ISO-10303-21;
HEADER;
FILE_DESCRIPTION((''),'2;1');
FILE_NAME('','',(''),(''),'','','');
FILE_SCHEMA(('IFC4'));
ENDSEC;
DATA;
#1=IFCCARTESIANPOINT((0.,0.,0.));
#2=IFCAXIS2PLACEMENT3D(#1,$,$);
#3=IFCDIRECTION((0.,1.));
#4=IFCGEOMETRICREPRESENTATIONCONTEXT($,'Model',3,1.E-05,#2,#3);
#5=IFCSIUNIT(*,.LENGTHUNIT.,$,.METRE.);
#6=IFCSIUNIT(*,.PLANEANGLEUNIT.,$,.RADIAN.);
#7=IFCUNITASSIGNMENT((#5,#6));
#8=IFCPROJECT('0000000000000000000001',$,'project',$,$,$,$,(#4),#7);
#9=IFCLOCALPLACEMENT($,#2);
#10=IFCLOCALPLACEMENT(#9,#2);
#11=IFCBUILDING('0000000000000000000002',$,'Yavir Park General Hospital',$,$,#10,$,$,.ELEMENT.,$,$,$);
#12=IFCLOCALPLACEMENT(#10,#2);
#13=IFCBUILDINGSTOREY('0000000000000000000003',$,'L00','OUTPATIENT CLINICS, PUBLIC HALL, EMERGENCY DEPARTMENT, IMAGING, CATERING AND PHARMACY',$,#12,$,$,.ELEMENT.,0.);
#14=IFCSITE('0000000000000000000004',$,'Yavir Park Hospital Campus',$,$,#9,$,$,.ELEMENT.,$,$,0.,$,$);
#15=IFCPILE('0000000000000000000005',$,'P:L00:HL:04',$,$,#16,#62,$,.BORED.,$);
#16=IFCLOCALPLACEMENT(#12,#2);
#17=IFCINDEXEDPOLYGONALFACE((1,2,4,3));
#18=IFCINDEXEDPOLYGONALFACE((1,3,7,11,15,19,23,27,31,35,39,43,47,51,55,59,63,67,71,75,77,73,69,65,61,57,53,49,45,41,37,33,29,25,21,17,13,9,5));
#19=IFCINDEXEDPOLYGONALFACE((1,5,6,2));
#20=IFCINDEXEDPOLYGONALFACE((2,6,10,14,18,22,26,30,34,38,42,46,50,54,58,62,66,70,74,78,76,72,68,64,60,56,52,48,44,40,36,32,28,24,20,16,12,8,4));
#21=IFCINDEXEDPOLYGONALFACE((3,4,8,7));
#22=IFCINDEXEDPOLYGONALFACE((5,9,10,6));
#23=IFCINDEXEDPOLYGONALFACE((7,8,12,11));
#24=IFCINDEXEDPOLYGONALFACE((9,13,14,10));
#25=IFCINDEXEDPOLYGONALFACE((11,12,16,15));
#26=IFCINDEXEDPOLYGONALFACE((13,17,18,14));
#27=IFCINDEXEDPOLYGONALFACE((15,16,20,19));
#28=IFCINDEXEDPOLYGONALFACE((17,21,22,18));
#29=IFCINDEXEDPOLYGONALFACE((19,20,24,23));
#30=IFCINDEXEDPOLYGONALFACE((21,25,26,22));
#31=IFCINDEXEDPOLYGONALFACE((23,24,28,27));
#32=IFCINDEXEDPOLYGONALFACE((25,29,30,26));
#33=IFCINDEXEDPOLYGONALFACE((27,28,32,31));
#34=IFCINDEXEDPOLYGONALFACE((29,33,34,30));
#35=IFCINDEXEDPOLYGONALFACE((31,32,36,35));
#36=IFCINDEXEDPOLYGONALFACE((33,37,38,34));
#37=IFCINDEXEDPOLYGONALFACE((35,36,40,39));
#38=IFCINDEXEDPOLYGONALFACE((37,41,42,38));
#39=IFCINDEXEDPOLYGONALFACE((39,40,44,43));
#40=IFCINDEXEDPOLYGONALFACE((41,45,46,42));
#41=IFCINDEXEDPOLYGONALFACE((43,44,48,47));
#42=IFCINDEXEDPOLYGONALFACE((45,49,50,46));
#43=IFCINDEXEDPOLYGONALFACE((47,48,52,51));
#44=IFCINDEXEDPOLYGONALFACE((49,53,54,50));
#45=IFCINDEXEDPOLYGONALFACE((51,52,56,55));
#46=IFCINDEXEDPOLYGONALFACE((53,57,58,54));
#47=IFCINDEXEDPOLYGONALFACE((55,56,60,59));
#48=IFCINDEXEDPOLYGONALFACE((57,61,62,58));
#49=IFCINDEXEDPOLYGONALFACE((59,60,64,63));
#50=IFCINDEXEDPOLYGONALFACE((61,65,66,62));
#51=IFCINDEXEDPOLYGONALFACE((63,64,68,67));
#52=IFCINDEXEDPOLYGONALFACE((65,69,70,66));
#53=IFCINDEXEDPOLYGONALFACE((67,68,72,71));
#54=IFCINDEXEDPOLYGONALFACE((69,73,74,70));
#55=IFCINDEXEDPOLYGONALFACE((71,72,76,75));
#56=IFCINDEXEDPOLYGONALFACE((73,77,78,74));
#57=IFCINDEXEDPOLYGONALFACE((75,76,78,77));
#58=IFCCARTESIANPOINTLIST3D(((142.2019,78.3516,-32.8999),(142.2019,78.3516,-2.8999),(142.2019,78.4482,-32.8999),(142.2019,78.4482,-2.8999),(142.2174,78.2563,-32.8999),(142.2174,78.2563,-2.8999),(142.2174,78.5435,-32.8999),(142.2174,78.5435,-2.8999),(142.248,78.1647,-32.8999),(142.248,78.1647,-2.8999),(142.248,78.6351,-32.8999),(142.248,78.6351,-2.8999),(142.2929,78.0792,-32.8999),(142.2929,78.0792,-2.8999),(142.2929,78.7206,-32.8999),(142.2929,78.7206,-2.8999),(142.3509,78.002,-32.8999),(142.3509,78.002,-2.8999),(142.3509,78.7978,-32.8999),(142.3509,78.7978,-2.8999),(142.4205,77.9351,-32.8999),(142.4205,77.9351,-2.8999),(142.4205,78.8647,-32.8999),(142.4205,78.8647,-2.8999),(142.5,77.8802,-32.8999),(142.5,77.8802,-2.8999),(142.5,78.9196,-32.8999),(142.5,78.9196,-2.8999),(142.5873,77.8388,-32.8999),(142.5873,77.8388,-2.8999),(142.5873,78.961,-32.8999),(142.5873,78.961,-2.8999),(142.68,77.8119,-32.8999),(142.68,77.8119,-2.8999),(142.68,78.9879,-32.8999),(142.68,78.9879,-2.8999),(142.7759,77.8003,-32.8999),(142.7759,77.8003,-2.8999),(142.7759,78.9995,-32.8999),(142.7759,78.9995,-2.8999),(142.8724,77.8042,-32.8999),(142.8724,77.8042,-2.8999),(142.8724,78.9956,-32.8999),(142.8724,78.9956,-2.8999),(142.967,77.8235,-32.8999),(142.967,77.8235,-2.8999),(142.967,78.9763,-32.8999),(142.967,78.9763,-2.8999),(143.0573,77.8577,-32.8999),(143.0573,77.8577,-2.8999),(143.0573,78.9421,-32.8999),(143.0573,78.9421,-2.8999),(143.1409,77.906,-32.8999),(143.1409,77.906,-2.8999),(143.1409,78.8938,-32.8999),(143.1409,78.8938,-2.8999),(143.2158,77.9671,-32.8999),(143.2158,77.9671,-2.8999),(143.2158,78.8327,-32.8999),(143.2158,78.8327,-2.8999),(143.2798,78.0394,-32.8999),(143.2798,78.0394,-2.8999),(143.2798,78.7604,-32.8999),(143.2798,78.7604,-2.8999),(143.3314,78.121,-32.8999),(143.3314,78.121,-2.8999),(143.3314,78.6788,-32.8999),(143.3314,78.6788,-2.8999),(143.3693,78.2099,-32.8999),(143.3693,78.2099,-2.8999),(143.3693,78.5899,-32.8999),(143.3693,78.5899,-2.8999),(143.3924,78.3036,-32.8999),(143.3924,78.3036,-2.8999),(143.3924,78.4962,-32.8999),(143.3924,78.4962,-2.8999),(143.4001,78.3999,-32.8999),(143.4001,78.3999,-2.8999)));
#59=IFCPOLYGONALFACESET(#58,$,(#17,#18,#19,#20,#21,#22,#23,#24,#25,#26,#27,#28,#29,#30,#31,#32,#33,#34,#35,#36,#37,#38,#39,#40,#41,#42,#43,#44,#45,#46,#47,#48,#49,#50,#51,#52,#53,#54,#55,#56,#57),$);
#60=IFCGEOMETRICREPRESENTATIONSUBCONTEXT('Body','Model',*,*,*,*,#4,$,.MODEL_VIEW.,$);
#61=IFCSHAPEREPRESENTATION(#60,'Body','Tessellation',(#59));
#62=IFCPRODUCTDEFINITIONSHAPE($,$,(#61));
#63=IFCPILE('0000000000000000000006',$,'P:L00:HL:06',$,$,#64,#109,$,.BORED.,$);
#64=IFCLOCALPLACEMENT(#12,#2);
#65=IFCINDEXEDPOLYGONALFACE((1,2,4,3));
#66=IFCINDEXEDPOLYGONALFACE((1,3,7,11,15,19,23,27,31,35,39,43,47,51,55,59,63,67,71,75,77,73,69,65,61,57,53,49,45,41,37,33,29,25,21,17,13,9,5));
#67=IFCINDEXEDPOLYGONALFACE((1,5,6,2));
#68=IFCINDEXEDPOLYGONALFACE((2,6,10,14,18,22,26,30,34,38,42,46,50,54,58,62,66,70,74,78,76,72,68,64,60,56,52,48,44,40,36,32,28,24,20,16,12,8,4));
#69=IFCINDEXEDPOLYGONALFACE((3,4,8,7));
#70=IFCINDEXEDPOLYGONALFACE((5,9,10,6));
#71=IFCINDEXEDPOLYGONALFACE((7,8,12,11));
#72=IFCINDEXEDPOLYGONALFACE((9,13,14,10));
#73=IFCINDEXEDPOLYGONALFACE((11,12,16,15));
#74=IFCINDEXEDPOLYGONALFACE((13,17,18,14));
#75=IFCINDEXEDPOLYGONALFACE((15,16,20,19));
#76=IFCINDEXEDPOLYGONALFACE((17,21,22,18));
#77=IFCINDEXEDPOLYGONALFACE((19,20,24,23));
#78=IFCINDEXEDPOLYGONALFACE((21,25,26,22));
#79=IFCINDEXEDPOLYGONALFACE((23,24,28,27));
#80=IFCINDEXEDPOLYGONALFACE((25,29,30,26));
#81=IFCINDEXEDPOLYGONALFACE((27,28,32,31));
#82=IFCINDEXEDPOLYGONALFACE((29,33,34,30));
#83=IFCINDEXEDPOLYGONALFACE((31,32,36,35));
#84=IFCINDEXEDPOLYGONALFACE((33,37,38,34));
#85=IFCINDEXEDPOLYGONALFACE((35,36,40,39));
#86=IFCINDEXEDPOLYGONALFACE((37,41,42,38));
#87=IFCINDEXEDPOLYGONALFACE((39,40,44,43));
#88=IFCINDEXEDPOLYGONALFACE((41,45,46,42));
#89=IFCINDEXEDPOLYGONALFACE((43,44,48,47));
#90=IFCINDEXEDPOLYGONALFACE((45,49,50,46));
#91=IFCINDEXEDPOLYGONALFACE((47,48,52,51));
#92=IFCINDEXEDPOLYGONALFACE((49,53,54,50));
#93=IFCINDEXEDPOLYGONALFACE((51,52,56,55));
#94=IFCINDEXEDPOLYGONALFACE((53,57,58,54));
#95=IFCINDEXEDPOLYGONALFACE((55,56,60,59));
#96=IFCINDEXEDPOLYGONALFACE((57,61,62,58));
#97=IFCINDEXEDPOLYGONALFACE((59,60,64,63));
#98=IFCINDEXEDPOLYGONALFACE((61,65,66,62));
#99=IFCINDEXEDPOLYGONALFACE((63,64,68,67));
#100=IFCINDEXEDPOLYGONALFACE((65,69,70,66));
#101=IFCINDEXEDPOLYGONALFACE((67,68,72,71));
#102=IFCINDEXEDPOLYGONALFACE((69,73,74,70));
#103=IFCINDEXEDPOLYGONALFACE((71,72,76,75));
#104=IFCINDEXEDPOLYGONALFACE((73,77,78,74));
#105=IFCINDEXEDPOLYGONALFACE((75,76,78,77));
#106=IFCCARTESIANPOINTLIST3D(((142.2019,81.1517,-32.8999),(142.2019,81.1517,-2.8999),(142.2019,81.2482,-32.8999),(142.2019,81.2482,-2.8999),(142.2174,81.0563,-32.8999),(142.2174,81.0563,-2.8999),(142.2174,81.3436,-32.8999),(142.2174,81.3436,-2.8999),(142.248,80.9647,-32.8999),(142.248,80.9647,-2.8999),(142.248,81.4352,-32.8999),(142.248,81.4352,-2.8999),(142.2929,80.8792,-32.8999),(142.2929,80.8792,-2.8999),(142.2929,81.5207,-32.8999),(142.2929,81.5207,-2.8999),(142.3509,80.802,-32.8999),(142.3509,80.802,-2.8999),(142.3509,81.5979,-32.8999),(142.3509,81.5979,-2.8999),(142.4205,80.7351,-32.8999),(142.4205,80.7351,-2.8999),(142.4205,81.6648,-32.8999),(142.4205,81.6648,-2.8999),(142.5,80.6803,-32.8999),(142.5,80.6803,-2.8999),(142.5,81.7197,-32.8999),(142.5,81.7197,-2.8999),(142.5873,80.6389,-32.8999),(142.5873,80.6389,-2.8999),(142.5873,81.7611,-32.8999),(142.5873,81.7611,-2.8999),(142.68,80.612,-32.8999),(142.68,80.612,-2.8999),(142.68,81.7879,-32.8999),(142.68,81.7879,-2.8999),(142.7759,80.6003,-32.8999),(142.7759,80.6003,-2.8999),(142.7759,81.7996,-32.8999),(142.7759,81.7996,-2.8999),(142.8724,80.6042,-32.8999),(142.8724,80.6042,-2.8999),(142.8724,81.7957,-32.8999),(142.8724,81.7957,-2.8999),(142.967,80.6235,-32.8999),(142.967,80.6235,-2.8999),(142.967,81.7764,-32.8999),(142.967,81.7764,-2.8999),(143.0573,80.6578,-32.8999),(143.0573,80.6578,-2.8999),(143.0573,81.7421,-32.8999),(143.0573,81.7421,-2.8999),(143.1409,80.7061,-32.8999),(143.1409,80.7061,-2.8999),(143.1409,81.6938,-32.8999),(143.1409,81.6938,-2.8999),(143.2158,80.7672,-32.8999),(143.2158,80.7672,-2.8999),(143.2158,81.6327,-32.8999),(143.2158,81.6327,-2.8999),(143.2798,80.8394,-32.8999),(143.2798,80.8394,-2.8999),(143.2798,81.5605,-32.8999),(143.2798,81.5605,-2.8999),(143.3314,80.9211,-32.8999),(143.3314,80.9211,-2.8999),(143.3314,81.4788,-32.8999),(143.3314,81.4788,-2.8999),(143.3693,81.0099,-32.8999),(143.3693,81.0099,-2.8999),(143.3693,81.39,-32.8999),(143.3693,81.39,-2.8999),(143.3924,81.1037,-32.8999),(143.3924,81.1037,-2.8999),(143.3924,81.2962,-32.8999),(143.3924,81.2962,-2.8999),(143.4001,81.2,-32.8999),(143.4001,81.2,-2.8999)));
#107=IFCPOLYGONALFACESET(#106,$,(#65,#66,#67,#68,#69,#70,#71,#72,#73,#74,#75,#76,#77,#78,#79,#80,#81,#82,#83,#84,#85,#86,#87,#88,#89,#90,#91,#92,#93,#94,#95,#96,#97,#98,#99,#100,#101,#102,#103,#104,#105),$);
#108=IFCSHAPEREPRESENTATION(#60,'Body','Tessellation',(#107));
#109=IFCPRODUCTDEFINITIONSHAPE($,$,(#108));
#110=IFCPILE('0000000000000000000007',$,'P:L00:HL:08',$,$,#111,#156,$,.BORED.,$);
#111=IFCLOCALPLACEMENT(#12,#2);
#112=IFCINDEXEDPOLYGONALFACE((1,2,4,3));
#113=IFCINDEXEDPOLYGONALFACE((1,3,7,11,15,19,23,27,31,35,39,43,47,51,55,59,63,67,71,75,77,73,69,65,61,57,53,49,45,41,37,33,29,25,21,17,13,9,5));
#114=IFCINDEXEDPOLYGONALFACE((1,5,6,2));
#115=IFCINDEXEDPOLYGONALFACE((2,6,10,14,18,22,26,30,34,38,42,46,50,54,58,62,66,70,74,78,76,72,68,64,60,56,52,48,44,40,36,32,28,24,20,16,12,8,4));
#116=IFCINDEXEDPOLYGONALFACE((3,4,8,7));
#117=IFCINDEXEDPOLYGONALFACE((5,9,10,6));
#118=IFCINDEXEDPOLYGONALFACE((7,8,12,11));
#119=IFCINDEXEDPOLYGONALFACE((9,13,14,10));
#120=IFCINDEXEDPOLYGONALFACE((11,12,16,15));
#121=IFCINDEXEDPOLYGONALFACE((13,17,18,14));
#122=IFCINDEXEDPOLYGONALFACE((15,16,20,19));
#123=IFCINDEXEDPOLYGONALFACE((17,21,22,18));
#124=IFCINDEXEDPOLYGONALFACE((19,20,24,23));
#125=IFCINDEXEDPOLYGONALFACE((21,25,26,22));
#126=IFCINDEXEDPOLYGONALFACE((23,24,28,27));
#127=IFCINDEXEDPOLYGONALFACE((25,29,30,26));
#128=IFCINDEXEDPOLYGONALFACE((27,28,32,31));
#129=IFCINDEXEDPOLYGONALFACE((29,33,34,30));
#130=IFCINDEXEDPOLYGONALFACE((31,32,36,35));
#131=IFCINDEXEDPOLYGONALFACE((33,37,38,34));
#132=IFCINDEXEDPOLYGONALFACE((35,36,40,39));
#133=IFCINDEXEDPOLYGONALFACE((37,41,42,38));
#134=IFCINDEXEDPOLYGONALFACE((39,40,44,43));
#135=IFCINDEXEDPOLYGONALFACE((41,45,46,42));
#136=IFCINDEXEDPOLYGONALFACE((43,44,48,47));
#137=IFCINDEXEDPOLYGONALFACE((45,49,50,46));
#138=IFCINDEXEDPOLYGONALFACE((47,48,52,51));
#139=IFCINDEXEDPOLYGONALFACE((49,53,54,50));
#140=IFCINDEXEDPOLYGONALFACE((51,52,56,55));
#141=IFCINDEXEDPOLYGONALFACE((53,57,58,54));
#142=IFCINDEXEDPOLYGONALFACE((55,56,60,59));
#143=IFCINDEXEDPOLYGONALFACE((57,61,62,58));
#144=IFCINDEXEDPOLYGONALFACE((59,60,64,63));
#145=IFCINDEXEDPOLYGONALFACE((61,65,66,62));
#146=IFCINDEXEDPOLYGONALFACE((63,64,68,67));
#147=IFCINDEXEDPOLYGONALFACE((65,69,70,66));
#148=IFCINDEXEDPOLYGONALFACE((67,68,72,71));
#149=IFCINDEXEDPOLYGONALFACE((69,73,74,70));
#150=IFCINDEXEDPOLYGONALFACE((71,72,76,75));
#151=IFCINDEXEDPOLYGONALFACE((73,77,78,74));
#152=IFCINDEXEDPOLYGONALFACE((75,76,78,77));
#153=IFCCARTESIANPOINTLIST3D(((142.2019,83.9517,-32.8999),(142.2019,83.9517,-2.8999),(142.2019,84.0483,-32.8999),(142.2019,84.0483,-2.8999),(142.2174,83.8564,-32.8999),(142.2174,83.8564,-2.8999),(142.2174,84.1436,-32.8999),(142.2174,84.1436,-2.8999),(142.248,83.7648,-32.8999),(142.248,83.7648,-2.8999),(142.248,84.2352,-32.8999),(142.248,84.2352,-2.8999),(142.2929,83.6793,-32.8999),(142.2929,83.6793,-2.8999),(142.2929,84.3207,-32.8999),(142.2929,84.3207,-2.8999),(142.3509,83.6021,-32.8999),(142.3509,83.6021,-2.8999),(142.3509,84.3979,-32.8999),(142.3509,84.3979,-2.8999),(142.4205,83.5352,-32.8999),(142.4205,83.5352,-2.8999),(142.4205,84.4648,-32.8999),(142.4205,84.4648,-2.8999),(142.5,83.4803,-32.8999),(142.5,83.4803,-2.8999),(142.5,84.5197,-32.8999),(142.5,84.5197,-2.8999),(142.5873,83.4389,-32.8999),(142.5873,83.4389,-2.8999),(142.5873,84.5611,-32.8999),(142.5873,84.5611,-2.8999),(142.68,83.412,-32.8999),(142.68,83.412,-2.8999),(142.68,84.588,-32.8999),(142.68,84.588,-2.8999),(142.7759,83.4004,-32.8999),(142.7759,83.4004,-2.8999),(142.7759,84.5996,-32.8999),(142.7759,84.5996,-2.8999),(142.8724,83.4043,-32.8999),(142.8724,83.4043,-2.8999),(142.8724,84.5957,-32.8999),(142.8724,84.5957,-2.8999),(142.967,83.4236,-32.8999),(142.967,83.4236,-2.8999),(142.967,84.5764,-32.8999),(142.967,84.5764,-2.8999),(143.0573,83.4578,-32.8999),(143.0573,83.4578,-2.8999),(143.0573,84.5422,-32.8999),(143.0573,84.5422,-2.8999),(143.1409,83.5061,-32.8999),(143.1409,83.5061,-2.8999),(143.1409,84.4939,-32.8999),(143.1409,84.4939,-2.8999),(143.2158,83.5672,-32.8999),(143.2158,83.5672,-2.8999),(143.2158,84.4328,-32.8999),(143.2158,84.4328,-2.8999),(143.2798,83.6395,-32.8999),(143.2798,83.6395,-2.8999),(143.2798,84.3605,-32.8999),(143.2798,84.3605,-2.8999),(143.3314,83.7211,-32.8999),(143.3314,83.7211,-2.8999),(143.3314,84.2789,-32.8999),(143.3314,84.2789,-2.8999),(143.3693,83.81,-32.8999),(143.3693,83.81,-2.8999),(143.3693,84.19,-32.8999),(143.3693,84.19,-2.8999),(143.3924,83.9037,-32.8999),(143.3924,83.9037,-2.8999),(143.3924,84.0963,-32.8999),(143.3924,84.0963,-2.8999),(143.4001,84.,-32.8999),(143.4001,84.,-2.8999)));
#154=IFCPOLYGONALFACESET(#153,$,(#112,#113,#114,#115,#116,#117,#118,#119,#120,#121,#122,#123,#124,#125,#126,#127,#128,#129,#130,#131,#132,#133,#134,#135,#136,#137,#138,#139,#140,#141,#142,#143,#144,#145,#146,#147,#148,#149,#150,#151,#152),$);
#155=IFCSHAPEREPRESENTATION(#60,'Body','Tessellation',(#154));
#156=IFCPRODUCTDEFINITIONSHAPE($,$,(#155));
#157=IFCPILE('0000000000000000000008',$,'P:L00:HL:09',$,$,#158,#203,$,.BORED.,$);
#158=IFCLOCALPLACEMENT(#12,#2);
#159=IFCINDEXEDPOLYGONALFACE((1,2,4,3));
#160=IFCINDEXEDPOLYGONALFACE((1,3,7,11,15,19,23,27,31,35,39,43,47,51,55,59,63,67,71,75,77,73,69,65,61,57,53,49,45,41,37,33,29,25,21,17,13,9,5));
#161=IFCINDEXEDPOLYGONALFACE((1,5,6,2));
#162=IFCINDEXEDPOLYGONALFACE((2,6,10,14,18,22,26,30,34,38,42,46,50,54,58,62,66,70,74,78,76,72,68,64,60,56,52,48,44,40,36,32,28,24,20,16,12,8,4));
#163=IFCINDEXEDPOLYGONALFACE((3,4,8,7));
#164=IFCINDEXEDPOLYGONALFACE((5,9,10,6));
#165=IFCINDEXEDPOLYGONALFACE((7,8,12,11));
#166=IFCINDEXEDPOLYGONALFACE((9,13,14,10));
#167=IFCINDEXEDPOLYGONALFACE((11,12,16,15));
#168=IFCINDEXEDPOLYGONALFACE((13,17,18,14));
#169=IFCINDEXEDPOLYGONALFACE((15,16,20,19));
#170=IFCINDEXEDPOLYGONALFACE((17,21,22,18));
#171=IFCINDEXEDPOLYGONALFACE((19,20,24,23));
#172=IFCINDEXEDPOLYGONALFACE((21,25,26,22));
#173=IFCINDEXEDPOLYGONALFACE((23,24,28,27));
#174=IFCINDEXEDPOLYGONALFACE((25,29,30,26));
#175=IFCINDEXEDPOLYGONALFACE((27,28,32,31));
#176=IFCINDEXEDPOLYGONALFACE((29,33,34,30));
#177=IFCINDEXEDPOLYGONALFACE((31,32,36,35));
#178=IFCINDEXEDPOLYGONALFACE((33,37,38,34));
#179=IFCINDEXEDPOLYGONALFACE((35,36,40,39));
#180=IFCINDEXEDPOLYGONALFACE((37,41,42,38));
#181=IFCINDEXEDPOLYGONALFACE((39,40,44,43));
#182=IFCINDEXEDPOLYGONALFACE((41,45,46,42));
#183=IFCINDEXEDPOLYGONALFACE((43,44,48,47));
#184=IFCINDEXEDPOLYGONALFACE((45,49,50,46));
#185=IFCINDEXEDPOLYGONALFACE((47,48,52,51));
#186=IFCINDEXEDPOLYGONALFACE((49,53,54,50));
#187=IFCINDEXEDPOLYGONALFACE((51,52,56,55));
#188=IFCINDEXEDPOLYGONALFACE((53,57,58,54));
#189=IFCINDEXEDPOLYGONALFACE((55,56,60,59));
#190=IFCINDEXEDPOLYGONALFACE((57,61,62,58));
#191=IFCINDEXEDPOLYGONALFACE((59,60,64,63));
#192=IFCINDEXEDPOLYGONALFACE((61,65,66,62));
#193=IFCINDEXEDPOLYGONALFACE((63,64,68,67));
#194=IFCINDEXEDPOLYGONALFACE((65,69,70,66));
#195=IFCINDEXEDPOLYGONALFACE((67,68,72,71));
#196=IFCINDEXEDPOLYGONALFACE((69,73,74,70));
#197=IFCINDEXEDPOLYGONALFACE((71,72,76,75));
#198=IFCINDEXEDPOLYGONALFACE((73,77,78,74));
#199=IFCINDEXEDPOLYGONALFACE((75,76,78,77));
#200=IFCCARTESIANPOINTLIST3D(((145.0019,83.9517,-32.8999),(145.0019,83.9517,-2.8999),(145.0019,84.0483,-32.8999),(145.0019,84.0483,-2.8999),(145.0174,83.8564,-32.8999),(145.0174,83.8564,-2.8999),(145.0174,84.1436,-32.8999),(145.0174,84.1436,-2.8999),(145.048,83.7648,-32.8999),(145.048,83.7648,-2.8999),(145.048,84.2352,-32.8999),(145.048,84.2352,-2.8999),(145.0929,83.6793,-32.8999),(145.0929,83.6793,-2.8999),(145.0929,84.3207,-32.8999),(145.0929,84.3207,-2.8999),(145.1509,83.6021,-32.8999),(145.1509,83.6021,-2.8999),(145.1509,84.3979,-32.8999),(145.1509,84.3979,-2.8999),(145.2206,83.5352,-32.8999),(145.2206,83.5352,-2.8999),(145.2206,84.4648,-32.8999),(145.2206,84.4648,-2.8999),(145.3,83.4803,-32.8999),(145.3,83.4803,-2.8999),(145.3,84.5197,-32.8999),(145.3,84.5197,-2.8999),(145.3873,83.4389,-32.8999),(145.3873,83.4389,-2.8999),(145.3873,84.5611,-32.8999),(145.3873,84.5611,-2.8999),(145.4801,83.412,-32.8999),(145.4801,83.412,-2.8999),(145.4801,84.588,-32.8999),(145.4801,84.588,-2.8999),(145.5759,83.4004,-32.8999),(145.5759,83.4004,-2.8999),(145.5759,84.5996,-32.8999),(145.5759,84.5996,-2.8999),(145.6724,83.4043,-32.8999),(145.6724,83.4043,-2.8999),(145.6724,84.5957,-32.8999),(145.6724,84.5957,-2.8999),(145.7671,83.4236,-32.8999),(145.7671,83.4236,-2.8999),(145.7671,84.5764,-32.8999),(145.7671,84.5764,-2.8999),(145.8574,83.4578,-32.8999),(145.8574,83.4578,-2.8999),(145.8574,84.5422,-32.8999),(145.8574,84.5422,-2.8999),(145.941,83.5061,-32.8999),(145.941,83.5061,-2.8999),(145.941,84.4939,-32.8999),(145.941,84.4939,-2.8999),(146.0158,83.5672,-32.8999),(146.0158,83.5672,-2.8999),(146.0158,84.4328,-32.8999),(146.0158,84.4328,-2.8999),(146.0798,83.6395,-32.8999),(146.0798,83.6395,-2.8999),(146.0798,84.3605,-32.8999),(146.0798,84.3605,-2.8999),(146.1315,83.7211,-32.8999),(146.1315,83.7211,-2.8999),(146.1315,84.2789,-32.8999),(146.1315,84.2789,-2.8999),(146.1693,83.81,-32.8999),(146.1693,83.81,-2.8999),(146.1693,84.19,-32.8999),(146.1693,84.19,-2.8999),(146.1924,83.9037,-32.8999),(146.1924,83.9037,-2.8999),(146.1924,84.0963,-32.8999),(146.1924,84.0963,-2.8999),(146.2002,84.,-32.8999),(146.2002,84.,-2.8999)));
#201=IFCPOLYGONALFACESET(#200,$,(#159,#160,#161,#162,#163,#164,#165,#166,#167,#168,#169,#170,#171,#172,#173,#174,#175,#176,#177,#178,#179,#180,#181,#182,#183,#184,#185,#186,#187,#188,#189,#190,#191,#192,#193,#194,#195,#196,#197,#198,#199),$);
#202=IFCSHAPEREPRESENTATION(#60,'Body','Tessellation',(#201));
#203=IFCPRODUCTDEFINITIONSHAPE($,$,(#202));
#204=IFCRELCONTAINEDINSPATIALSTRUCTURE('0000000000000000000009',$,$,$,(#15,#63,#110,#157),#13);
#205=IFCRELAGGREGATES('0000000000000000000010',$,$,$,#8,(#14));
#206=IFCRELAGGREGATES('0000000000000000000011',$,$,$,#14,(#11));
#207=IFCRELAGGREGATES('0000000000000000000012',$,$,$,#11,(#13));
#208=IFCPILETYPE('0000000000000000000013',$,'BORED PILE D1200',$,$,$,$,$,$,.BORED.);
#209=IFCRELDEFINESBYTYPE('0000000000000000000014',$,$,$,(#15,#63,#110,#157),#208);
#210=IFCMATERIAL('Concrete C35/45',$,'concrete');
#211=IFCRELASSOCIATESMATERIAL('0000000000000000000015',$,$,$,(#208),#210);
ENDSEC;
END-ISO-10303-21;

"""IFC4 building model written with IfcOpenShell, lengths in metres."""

from ifc_helpers import new_model, si_unit, direction, frame, origin, origin_2d, place, context, subcontext, project, spatial, circle, extrude, material, material_profile, profile_set, type_object, element, save


model = new_model("IFC4")

# Units and contexts
model_context = context("Model", 3, precision=1e-05, world=origin(), true_north=direction((0.0, 1.0)))
body_context = subcontext(model_context, "Body", "Model", "MODEL_VIEW")
ifc_project = project(units=[si_unit("LENGTHUNIT", "METRE"), si_unit("PLANEANGLEUNIT", "RADIAN")], contexts=[model_context])

# Site, building, storey
site_placement = place(None, origin())
site = spatial("IfcSite", under=ifc_project, at=site_placement, Name="Yavir Park Hospital Campus", CompositionType="ELEMENT", RefElevation=0.0)
building_placement = place(site_placement, origin())
building = spatial("IfcBuilding", under=site, at=building_placement, Name="Yavir Park General Hospital", CompositionType="ELEMENT")
storey_placement = place(building_placement, origin())
storey = spatial("IfcBuildingStorey", under=building, at=storey_placement, Name="L00", Description="OUTPATIENT CLINICS, PUBLIC HALL, EMERGENCY DEPARTMENT, IMAGING, CATERING AND PHARMACY", CompositionType="ELEMENT", Elevation=0.0)

# Piles
ifc_material_1 = material(Name="Concrete C35/45", Category="concrete")
ifc_material_profile_1 = material_profile(ifc_material_1, circle(Radius=0.6001, at=origin_2d()), Name="D1200")
ifc_profile_set_1 = profile_set([ifc_material_profile_1], Name="Concrete C35/45")
pile_type_1 = type_object("IfcPileType", Name="BORED PILE D1200", PredefinedType="BORED", material=ifc_profile_set_1)
for number, where, z_axis, x_axis, name in (
    (1, (142.8, 78.3999, -2.8999), (0.0, 0.0, -1.0), (1.0, 0.0, 0.0), "P:L00:HL:04"),
    (2, (142.8, 81.2, -2.8999), (0.0, 0.0, -1.0), (1.0, 0.0, 0.0), "P:L00:HL:06"),
    (3, (142.8, 84.0, -2.8999), (0.0, 0.0, -1.0), (1.0, 0.0, 0.0), "P:L00:HL:08"),
    (4, (145.6001, 84.0, -2.8999), (0.0, 0.0, -1.0), (1.0, 0.0, 0.0), "P:L00:HL:09"),
):
    element("IfcPile", number, at=place(storey_placement, frame(where, z_axis=z_axis, x_axis=x_axis)), inside=storey, type_object=pile_type_1, Name=name, PredefinedType="BORED", context=body_context, shape_type="SweptSolid", body=[
        extrude(circle(Radius=0.6001, at=origin_2d()), origin(), (0.0, 0.0, 1.0), 30.0),
    ])

save(model, "model.ifc")
